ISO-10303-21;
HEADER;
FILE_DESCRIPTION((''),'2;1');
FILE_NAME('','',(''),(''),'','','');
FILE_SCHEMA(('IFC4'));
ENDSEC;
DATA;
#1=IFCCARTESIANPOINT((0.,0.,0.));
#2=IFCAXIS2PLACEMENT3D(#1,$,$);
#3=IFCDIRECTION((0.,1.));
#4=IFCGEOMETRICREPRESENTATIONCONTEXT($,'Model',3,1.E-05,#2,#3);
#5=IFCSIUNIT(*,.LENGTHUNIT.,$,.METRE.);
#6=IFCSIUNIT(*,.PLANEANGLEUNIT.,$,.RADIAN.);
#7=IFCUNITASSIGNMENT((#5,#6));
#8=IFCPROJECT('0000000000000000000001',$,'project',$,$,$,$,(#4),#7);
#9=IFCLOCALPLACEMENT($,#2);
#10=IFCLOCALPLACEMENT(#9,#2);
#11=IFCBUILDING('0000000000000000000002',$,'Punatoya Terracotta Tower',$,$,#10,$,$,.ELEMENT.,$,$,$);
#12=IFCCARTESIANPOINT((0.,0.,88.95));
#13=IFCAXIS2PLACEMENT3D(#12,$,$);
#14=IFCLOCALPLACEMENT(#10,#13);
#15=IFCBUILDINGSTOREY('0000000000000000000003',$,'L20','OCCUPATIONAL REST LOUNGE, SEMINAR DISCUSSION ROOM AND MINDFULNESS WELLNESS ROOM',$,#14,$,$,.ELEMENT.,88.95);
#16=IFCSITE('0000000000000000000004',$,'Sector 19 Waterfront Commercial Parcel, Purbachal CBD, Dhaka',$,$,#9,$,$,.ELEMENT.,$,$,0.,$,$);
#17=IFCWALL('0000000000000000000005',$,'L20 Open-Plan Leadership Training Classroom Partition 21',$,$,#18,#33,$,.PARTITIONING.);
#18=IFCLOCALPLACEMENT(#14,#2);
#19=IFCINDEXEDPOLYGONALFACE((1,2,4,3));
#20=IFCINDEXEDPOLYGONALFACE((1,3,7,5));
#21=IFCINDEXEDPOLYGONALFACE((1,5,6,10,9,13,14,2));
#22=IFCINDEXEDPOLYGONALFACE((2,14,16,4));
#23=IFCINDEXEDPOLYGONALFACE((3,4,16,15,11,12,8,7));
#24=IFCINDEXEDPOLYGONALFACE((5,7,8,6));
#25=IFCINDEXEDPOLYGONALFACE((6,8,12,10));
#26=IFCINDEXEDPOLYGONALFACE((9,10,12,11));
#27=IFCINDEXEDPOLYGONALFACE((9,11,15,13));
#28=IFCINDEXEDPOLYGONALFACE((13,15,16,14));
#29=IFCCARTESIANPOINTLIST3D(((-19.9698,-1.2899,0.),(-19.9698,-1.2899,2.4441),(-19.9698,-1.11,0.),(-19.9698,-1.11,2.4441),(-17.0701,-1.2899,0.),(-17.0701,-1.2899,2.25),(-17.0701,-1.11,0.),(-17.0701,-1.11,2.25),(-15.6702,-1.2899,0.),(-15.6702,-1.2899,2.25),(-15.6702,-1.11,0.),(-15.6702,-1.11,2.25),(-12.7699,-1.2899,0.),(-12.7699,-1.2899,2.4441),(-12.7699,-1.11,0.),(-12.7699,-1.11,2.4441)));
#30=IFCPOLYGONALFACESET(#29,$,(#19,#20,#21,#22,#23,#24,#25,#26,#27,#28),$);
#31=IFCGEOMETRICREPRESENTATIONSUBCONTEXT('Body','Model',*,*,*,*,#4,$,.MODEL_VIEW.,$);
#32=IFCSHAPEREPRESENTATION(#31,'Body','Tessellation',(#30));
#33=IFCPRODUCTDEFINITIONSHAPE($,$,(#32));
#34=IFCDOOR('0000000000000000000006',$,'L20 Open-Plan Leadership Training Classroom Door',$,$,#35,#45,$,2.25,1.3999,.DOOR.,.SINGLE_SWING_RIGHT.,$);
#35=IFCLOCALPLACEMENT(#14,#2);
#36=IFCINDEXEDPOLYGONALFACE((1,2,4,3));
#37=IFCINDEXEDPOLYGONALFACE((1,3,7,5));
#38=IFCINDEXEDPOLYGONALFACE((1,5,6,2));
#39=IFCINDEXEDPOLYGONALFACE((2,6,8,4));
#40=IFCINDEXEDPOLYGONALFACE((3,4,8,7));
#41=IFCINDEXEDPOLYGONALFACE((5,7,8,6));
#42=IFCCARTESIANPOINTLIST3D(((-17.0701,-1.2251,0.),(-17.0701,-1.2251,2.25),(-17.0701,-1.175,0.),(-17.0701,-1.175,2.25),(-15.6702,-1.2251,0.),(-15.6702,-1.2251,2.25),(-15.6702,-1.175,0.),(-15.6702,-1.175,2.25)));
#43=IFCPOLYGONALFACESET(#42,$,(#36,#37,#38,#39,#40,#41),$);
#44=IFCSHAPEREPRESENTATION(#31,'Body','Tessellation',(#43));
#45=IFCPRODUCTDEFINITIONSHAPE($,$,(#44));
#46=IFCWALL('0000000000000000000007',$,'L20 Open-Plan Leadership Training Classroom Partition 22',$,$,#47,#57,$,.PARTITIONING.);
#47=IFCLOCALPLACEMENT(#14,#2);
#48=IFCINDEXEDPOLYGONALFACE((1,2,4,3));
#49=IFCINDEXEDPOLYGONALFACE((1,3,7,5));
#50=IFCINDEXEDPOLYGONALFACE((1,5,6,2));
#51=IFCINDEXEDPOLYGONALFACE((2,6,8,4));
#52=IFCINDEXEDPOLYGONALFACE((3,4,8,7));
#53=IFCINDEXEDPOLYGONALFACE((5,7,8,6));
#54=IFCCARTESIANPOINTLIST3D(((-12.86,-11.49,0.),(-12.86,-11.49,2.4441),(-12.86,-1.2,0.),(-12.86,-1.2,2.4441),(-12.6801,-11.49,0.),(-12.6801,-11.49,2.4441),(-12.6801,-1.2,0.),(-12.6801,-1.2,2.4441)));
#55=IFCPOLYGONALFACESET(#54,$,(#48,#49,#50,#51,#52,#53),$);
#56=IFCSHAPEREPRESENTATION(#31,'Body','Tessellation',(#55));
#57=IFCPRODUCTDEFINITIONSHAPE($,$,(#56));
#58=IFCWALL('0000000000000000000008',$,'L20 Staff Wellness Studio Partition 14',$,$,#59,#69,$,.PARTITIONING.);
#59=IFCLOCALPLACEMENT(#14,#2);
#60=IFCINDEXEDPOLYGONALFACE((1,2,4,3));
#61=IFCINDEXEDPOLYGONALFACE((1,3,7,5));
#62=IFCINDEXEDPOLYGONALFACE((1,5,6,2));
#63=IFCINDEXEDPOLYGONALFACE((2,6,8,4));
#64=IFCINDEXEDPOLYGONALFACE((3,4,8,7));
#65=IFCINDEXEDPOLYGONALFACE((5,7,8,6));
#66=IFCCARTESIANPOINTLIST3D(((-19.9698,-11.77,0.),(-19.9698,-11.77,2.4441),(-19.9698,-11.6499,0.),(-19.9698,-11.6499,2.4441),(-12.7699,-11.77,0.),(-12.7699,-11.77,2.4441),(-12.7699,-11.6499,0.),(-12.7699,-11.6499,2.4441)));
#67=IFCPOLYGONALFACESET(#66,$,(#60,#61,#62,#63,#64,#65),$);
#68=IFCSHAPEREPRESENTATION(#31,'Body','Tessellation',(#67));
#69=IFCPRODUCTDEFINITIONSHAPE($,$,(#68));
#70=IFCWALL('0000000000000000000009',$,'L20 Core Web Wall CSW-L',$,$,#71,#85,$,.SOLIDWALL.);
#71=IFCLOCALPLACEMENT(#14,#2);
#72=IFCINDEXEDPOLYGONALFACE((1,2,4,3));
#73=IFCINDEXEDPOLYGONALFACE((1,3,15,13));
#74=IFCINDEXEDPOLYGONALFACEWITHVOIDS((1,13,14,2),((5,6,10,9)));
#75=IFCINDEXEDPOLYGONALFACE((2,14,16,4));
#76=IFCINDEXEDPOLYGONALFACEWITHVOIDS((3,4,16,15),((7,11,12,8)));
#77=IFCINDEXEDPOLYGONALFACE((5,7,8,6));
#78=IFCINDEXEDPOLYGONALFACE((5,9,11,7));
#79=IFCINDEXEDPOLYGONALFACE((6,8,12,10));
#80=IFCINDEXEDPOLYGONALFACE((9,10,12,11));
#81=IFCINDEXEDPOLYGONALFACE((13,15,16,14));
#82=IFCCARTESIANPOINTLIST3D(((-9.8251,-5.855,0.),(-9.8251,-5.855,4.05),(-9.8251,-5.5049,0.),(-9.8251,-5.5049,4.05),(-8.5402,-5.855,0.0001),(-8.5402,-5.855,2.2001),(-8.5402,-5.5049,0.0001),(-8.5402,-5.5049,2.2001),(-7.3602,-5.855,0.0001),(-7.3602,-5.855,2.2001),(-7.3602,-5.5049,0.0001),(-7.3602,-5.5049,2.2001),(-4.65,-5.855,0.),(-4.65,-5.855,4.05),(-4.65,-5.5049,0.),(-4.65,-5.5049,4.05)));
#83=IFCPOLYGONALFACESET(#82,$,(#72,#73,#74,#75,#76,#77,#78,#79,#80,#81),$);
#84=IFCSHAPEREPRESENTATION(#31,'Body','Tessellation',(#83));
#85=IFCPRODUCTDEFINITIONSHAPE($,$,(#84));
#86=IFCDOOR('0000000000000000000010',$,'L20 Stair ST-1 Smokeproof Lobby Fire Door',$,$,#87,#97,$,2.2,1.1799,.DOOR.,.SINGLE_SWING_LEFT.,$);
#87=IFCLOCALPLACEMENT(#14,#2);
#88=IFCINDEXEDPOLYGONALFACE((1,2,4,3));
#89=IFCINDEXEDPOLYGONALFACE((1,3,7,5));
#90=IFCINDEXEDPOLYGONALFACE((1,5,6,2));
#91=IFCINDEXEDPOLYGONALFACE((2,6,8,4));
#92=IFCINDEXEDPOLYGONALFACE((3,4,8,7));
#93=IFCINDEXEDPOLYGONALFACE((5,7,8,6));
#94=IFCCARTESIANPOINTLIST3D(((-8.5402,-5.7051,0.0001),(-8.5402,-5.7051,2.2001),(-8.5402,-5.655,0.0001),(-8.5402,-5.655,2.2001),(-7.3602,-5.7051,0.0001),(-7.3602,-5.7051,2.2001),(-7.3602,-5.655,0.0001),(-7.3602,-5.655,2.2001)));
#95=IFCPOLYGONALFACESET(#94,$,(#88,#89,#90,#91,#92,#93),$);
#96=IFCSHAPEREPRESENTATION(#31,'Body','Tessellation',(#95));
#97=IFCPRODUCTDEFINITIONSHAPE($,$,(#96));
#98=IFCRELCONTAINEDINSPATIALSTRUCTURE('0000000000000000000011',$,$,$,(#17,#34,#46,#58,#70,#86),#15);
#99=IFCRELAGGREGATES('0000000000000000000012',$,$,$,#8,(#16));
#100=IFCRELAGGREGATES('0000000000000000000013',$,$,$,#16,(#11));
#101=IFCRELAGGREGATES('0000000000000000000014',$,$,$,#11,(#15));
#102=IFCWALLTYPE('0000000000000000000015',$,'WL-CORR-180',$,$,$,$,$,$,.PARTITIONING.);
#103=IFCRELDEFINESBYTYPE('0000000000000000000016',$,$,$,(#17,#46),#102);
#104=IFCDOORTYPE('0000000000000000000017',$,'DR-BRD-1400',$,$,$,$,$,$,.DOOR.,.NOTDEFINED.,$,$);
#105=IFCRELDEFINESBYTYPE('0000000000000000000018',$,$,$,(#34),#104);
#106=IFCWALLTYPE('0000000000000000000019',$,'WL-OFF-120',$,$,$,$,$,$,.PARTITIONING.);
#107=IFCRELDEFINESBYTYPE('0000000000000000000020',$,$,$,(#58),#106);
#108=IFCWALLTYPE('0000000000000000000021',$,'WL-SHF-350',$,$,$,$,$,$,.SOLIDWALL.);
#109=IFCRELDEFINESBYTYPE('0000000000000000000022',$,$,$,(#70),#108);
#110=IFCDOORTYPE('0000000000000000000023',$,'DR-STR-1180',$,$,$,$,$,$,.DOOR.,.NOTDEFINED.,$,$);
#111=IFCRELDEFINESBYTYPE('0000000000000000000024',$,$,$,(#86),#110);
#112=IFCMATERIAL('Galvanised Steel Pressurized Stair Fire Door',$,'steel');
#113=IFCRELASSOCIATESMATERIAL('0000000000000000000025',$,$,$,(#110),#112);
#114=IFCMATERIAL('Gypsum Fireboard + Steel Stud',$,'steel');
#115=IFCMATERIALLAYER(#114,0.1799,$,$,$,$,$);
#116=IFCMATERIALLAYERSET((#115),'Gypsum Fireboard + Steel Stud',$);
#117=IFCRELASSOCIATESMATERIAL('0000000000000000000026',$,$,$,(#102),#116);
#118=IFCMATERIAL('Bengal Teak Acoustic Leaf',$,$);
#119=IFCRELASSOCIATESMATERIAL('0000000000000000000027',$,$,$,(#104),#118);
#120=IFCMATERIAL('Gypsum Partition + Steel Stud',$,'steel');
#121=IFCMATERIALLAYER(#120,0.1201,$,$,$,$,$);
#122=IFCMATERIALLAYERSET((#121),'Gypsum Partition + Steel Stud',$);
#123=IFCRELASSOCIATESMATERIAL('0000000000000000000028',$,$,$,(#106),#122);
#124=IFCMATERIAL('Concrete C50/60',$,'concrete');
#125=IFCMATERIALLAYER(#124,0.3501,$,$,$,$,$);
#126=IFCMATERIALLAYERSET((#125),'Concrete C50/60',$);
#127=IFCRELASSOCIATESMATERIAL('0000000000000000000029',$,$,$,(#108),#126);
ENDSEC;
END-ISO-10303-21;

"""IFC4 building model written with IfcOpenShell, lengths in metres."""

from ifc_helpers import new_model, si_unit, direction, frame, frame_2d, origin, place, context, subcontext, project, spatial, rectangle, extrude, material, layer, layer_set, type_object, element, fill, save


model = new_model("IFC4")

# Units and contexts
model_context = context("Model", 3, precision=1e-05, world=origin(), true_north=direction((0.0, 1.0)))
body_context = subcontext(model_context, "Body", "Model", "MODEL_VIEW")
ifc_project = project(units=[si_unit("LENGTHUNIT", "METRE"), si_unit("PLANEANGLEUNIT", "RADIAN")], contexts=[model_context])

# Site, building, storey
site_placement = place(None, origin())
site = spatial("IfcSite", under=ifc_project, at=site_placement, Name="Sector 19 Waterfront Commercial Parcel, Purbachal CBD, Dhaka", CompositionType="ELEMENT", RefElevation=0.0)
building_placement = place(site_placement, origin())
building = spatial("IfcBuilding", under=site, at=building_placement, Name="Punatoya Terracotta Tower", CompositionType="ELEMENT")
storey_placement = place(building_placement, frame((0.0, 0.0, 88.95)))
storey = spatial("IfcBuildingStorey", under=building, at=storey_placement, Name="L20", Description="OCCUPATIONAL REST LOUNGE, SEMINAR DISCUSSION ROOM AND MINDFULNESS WELLNESS ROOM", CompositionType="ELEMENT", Elevation=88.95)

# Wall, opening, door
ifc_material_1 = material(Name="Galvanised Steel Pressurized Stair Fire Door", Category="steel")
door_type_1 = type_object("IfcDoorType", Name="DR-STR-1180", OperationType="NOTDEFINED", PredefinedType="DOOR", material=ifc_material_1)
ifc_material_2 = material(Name="Gypsum Fireboard + Steel Stud", Category="steel")
ifc_layer_1 = layer(ifc_material_2, 0.1799)
ifc_layer_set_1 = layer_set([ifc_layer_1], Name="Gypsum Fireboard + Steel Stud")
wall_type_1 = type_object("IfcWallType", Name="WL-CORR-180", PredefinedType="PARTITIONING", material=ifc_layer_set_1)
wall_1_placement = place(storey_placement, frame((-19.97, -1.2, 0.0), z_axis=(0.0, 0.0, 1.0), x_axis=(1.0, 0.0, 0.0)))
wall_1 = element("IfcWall", 1, at=wall_1_placement, inside=storey, type_object=wall_type_1, Name="L20 Open-Plan Leadership Training Classroom Partition 21", PredefinedType="PARTITIONING", context=body_context, shape_type="SweptSolid", body=[
    extrude(rectangle(XDim=7.2, YDim=0.1799, at=frame_2d((3.6001, 0.0))), origin(), (0.0, 0.0, 1.0), 2.4441),
])
opening_1_placement = place(wall_1_placement, frame((2.8999, 0.0, 0.0)))
opening_1 = element("IfcOpeningElement", 2, at=opening_1_placement, cuts=wall_1, PredefinedType="OPENING", context=body_context, shape_type="SweptSolid", body=[
    extrude(rectangle(XDim=1.3999, YDim=2.25, at=frame_2d((0.7, 1.125))), frame((0.0, 0.0999, 0.0), z_axis=(0.0, -1.0, 0.0), x_axis=(1.0, 0.0, 0.0)), (0.0, 0.0, 1.0), 0.2),
])
ifc_material_3 = material(Name="Bengal Teak Acoustic Leaf")
door_type_2 = type_object("IfcDoorType", Name="DR-BRD-1400", OperationType="NOTDEFINED", PredefinedType="DOOR", material=ifc_material_3)
door_1_placement = place(opening_1_placement, origin())
door_1 = element("IfcDoor", 3, at=door_1_placement, inside=storey, type_object=door_type_2, Name="L20 Open-Plan Leadership Training Classroom Door", OperationType="SINGLE_SWING_RIGHT", OverallHeight=2.25, OverallWidth=1.3999, PredefinedType="DOOR", context=body_context, shape_type="SweptSolid", body=[
    extrude(rectangle(XDim=1.3999, YDim=2.25, at=frame_2d((0.7, 1.125))), frame((0.0, 0.0249, 0.0), z_axis=(0.0, -1.0, 0.0), x_axis=(1.0, 0.0, 0.0)), (0.0, 0.0, 1.0), 0.05),
])
fill(opening_1, door_1)

# Walls
wall_2_placement = place(storey_placement, frame((-12.77, -1.2, 0.0), z_axis=(0.0, 0.0, 1.0), x_axis=(0.0, -1.0, 0.0)))
element("IfcWall", 4, at=wall_2_placement, inside=storey, type_object=wall_type_1, Name="L20 Open-Plan Leadership Training Classroom Partition 22", PredefinedType="PARTITIONING", context=body_context, shape_type="SweptSolid", body=[
    extrude(rectangle(XDim=10.29, YDim=0.1799, at=frame_2d((5.145, 0.0))), origin(), (0.0, 0.0, 1.0), 2.4441),
])
ifc_material_4 = material(Name="Gypsum Partition + Steel Stud", Category="steel")
ifc_layer_2 = layer(ifc_material_4, 0.1201)
ifc_layer_set_2 = layer_set([ifc_layer_2], Name="Gypsum Partition + Steel Stud")
wall_type_2 = type_object("IfcWallType", Name="WL-OFF-120", PredefinedType="PARTITIONING", material=ifc_layer_set_2)
wall_3_placement = place(storey_placement, frame((-19.97, -11.71, 0.0), z_axis=(0.0, 0.0, 1.0), x_axis=(1.0, 0.0, 0.0)))
element("IfcWall", 5, at=wall_3_placement, inside=storey, type_object=wall_type_2, Name="L20 Staff Wellness Studio Partition 14", PredefinedType="PARTITIONING", context=body_context, shape_type="SweptSolid", body=[
    extrude(rectangle(XDim=7.2, YDim=0.1201, at=frame_2d((3.6001, 0.0))), origin(), (0.0, 0.0, 1.0), 2.4441),
])

# Wall, opening, door
ifc_material_5 = material(Name="Concrete C50/60", Category="concrete")
ifc_layer_3 = layer(ifc_material_5, 0.3501)
ifc_layer_set_3 = layer_set([ifc_layer_3], Name="Concrete C50/60")
wall_type_3 = type_object("IfcWallType", Name="WL-SHF-350", PredefinedType="SOLIDWALL", material=ifc_layer_set_3)
wall_4_placement = place(storey_placement, frame((-9.825, -5.6799, 0.0), z_axis=(0.0, 0.0, 1.0), x_axis=(1.0, 0.0, 0.0)))
wall_4 = element("IfcWall", 6, at=wall_4_placement, inside=storey, type_object=wall_type_3, Name="L20 Core Web Wall CSW-L", PredefinedType="SOLIDWALL", context=body_context, shape_type="SweptSolid", body=[
    extrude(rectangle(XDim=5.175, YDim=0.3501, at=frame_2d((2.5874, 0.0))), origin(), (0.0, 0.0, 1.0), 4.05),
])
opening_2_placement = place(wall_4_placement, frame((1.2849, 0.0, 0.0)))
opening_2 = element("IfcOpeningElement", 7, at=opening_2_placement, cuts=wall_4, PredefinedType="OPENING", context=body_context, shape_type="SweptSolid", body=[
    extrude(rectangle(XDim=1.1799, YDim=2.2, at=frame_2d((0.5898, 1.1001))), frame((0.0, 0.1851, 0.0), z_axis=(0.0, -1.0, 0.0), x_axis=(1.0, 0.0, 0.0)), (0.0, 0.0, 1.0), 0.3701),
])
door_2_placement = place(opening_2_placement, origin())
door_2 = element("IfcDoor", 8, at=door_2_placement, inside=storey, type_object=door_type_1, Name="L20 Stair ST-1 Smokeproof Lobby Fire Door", OperationType="SINGLE_SWING_LEFT", OverallHeight=2.2, OverallWidth=1.1799, PredefinedType="DOOR", context=body_context, shape_type="SweptSolid", body=[
    extrude(rectangle(XDim=1.1799, YDim=2.2, at=frame_2d((0.5898, 1.1001))), frame((0.0, 0.0249, 0.0), z_axis=(0.0, -1.0, 0.0), x_axis=(1.0, 0.0, 0.0)), (0.0, 0.0, 1.0), 0.05),
])
fill(opening_2, door_2)

save(model, "model.ifc")
